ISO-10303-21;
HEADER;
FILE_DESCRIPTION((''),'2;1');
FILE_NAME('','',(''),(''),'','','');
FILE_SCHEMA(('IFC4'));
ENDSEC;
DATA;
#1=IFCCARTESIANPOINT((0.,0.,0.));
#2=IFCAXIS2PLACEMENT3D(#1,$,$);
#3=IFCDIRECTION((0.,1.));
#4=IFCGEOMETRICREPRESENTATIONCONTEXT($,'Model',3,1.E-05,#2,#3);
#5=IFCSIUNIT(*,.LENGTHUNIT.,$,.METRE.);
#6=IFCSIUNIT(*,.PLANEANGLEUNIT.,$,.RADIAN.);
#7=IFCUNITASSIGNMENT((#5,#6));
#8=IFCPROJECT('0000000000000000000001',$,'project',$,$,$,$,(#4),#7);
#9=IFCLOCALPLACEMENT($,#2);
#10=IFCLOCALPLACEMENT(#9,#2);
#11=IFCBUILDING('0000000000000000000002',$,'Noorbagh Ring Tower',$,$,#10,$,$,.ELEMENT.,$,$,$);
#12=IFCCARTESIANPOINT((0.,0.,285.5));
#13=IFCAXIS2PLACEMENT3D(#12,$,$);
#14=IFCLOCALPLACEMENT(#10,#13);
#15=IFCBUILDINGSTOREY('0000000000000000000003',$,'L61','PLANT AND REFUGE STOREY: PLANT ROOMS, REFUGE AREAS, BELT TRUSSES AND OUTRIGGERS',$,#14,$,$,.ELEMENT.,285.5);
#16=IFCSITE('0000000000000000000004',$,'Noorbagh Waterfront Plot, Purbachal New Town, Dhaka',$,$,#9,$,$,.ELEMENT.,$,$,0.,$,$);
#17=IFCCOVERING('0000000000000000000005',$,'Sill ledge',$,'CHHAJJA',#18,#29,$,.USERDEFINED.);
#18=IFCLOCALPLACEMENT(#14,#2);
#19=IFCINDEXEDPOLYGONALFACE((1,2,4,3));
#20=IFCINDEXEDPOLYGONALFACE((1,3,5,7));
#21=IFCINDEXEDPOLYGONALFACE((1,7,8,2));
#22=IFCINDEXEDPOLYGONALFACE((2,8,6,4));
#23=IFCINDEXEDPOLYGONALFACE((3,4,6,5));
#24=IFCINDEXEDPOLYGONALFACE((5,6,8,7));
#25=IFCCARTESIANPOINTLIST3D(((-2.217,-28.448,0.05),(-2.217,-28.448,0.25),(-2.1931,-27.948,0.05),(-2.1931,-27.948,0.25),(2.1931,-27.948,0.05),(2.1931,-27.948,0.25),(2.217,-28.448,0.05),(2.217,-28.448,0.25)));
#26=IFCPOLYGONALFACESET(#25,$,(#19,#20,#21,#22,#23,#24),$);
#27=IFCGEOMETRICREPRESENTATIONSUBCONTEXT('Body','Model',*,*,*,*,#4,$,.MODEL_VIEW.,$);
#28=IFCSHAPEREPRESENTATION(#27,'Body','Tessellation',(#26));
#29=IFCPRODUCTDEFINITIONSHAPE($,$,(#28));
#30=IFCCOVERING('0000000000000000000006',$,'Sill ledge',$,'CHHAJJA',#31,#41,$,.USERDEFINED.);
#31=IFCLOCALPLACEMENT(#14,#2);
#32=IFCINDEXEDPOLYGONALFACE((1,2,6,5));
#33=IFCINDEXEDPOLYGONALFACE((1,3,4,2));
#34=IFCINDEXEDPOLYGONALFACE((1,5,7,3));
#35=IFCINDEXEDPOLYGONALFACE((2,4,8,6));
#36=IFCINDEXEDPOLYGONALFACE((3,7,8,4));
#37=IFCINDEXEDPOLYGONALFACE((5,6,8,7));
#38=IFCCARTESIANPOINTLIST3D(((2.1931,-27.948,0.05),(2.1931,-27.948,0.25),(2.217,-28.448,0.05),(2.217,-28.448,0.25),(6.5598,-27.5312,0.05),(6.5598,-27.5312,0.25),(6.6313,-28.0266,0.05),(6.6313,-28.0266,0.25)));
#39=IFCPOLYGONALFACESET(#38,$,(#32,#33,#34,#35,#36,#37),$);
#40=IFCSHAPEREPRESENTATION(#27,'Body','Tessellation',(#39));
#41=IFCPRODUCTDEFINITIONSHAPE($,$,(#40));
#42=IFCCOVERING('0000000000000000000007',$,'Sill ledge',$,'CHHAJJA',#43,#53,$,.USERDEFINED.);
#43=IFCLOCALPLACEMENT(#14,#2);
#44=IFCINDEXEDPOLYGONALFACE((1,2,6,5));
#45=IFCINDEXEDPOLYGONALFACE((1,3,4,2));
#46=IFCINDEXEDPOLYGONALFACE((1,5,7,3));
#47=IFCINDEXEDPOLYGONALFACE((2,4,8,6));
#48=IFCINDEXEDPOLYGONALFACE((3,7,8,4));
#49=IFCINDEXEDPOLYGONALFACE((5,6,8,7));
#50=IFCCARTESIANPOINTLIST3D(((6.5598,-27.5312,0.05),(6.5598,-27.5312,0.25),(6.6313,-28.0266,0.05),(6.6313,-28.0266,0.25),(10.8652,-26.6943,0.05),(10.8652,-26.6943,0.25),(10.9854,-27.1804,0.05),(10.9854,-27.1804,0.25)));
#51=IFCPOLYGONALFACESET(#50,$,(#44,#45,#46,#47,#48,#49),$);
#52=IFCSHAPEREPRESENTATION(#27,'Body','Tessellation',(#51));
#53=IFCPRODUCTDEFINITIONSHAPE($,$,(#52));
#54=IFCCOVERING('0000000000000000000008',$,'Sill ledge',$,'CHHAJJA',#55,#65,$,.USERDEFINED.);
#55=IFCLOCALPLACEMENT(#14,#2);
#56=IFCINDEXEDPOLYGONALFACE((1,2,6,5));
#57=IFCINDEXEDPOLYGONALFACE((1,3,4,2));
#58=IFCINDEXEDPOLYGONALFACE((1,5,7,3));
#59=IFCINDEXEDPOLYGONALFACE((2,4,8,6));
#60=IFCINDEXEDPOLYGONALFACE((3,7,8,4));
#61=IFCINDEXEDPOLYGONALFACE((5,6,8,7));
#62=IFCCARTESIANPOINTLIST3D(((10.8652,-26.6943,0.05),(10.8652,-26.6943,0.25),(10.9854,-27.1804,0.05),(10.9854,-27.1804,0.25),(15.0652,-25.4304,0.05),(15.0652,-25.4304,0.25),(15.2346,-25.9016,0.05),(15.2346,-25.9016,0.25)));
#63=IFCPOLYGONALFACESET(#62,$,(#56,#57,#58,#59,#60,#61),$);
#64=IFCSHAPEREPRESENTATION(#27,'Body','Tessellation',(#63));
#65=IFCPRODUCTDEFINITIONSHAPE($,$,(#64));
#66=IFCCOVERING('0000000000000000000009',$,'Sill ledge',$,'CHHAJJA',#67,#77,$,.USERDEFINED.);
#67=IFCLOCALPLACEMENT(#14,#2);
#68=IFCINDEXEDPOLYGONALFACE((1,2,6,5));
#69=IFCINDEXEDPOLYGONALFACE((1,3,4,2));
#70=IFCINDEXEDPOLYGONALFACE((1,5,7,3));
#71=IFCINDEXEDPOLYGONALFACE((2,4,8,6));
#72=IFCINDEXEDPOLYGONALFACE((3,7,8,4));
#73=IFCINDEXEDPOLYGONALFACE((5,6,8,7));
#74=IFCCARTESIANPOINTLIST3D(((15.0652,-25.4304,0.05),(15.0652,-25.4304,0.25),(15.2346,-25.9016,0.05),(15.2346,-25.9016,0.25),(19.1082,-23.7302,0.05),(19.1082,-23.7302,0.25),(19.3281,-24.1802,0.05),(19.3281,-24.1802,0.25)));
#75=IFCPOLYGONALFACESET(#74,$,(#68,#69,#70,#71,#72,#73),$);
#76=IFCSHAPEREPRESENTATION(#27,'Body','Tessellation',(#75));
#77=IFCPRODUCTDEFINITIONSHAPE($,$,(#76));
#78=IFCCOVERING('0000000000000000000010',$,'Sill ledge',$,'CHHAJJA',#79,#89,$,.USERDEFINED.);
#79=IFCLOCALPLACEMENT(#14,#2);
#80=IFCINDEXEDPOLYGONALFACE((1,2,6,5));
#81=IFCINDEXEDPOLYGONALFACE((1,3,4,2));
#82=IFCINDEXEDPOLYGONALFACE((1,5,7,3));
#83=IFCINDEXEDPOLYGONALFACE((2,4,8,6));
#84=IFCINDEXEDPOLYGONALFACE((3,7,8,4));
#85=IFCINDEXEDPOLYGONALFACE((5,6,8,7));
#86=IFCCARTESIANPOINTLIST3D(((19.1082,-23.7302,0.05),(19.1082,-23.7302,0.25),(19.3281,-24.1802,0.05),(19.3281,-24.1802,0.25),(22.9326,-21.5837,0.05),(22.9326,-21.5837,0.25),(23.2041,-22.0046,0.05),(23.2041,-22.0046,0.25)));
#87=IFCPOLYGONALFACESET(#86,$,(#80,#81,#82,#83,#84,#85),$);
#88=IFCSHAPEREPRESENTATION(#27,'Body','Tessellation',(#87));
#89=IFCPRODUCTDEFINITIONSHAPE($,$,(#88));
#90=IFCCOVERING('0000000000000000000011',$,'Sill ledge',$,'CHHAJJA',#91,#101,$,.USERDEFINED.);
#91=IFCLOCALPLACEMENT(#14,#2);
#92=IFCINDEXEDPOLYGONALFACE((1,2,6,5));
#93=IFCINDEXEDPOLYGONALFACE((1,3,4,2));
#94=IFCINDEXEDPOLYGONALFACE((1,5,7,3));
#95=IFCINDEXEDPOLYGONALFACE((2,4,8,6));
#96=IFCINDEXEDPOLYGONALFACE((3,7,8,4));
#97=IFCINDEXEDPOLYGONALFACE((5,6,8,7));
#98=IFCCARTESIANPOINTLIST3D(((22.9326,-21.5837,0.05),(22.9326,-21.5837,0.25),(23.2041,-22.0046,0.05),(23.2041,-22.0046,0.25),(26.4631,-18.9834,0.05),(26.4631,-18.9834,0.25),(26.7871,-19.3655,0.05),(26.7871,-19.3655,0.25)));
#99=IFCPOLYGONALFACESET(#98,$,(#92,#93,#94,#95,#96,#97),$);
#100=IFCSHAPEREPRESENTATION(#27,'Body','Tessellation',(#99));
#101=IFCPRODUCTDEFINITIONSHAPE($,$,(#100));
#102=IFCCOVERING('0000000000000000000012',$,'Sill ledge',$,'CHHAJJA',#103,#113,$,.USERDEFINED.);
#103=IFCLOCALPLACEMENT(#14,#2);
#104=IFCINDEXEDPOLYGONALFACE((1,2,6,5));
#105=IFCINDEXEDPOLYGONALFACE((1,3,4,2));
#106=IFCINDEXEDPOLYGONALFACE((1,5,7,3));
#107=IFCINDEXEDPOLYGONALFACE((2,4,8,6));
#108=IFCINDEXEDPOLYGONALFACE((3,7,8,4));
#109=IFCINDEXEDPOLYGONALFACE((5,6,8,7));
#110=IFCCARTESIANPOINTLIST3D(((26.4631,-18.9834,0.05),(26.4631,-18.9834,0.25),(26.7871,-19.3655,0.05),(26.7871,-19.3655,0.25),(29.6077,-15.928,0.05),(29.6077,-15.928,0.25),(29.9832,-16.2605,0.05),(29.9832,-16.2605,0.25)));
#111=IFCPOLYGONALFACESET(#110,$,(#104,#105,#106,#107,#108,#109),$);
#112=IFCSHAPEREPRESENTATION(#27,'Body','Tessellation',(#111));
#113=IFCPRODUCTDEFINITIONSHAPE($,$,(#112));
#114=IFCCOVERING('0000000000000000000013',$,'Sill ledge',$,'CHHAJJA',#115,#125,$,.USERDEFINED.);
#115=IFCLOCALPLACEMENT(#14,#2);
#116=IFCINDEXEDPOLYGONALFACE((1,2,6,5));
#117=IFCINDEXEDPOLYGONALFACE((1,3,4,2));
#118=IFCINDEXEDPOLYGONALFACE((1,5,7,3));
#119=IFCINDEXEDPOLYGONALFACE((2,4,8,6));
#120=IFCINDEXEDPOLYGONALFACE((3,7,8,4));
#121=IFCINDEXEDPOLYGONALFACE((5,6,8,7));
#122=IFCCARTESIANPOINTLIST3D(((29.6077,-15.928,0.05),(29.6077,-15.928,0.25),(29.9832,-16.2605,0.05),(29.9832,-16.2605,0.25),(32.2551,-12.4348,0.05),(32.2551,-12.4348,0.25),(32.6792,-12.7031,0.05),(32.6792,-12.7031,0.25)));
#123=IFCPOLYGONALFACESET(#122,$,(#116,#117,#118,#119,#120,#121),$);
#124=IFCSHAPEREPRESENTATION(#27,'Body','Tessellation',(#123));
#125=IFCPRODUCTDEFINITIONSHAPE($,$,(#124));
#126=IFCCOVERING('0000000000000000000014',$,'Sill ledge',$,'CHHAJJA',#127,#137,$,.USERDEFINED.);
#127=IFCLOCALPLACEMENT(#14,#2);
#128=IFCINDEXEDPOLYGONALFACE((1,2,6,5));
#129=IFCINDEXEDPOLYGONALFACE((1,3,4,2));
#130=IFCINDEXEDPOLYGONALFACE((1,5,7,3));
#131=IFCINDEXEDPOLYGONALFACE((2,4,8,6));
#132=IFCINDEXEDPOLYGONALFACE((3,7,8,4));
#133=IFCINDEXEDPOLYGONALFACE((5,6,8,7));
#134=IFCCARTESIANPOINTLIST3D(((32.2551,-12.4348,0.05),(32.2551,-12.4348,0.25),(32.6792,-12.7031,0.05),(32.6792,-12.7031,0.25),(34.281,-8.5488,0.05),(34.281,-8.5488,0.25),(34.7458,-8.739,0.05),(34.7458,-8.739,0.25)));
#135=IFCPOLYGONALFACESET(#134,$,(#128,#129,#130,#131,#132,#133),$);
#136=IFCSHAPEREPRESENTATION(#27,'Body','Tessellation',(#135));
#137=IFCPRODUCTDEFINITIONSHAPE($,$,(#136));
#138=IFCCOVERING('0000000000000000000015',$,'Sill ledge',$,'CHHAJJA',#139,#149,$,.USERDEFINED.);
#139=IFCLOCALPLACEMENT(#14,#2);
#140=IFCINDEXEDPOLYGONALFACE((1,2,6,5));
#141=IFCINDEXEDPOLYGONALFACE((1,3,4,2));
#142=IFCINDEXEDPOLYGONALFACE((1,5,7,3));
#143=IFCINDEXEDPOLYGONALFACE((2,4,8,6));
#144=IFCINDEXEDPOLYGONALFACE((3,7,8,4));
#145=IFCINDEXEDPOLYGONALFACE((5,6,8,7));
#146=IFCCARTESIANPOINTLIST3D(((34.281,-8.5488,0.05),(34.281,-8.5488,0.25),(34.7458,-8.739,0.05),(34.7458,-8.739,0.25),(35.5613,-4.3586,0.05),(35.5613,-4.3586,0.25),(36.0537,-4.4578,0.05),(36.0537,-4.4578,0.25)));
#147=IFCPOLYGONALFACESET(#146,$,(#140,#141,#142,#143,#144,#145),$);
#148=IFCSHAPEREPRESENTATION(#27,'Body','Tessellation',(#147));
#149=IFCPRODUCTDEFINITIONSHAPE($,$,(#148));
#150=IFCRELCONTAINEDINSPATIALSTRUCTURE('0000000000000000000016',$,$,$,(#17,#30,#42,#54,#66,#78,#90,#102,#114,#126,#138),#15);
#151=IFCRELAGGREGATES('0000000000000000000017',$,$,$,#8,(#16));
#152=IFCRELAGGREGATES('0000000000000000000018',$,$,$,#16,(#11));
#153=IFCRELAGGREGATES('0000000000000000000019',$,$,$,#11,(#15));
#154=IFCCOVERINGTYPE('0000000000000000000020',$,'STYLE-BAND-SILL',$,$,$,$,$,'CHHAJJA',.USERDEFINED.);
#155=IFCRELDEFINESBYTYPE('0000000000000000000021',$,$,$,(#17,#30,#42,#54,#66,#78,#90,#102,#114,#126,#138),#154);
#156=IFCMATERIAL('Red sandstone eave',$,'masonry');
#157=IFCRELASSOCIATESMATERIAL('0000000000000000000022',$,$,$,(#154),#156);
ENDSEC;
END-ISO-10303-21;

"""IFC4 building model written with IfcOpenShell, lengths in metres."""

from ifc_helpers import new_model, si_unit, direction, frame, origin, place, context, subcontext, project, spatial, polyline, outline, extrude, material, type_object, element, save


model = new_model("IFC4")

# Units and contexts
model_context = context("Model", 3, precision=1e-05, world=origin(), true_north=direction((0.0, 1.0)))
body_context = subcontext(model_context, "Body", "Model", "MODEL_VIEW")
ifc_project = project(units=[si_unit("LENGTHUNIT", "METRE"), si_unit("PLANEANGLEUNIT", "RADIAN")], contexts=[model_context])

# Site, building, storey
site_placement = place(None, origin())
site = spatial("IfcSite", under=ifc_project, at=site_placement, Name="Noorbagh Waterfront Plot, Purbachal New Town, Dhaka", CompositionType="ELEMENT", RefElevation=0.0)
building_placement = place(site_placement, origin())
building = spatial("IfcBuilding", under=site, at=building_placement, Name="Noorbagh Ring Tower", CompositionType="ELEMENT")
storey_placement = place(building_placement, frame((0.0, 0.0, 285.5)))
storey = spatial("IfcBuildingStorey", under=building, at=storey_placement, Name="L61", Description="PLANT AND REFUGE STOREY: PLANT ROOMS, REFUGE AREAS, BELT TRUSSES AND OUTRIGGERS", CompositionType="ELEMENT", Elevation=285.5)

# Coverings
ifc_material_1 = material(Name="Red sandstone eave", Category="masonry")
covering_type_1 = type_object("IfcCoveringType", Name="STYLE-BAND-SILL", ElementType="CHHAJJA", PredefinedType="USERDEFINED", material=ifc_material_1)
covering_1_placement = place(storey_placement, frame((0.0, 0.0, 0.05)))
element("IfcCovering", 1, at=covering_1_placement, inside=storey, type_object=covering_type_1, Name="Sill ledge", ObjectType="CHHAJJA", PredefinedType="USERDEFINED", context=body_context, shape_type="SweptSolid", body=[
    extrude(outline(polyline([(-2.1931, -27.948), (2.1931, -27.948), (2.217, -28.448), (-2.217, -28.448), (-2.1931, -27.948)])), origin(), (0.0, 0.0, 1.0), 0.2),
])
covering_2_placement = place(storey_placement, frame((0.0, 0.0, 0.05)))
element("IfcCovering", 2, at=covering_2_placement, inside=storey, type_object=covering_type_1, Name="Sill ledge", ObjectType="CHHAJJA", PredefinedType="USERDEFINED", context=body_context, shape_type="SweptSolid", body=[
    extrude(outline(polyline([(2.1931, -27.948), (6.5598, -27.5312), (6.6313, -28.0266), (2.217, -28.448), (2.1931, -27.948)])), origin(), (0.0, 0.0, 1.0), 0.2),
])
covering_3_placement = place(storey_placement, frame((0.0, 0.0, 0.05)))
element("IfcCovering", 3, at=covering_3_placement, inside=storey, type_object=covering_type_1, Name="Sill ledge", ObjectType="CHHAJJA", PredefinedType="USERDEFINED", context=body_context, shape_type="SweptSolid", body=[
    extrude(outline(polyline([(6.5598, -27.5312), (10.8652, -26.6943), (10.9854, -27.1804), (6.6313, -28.0266), (6.5598, -27.5312)])), origin(), (0.0, 0.0, 1.0), 0.2),
])
covering_4_placement = place(storey_placement, frame((0.0, 0.0, 0.05)))
element("IfcCovering", 4, at=covering_4_placement, inside=storey, type_object=covering_type_1, Name="Sill ledge", ObjectType="CHHAJJA", PredefinedType="USERDEFINED", context=body_context, shape_type="SweptSolid", body=[
    extrude(outline(polyline([(10.8652, -26.6943), (15.0652, -25.4304), (15.2346, -25.9016), (10.9854, -27.1804), (10.8652, -26.6943)])), origin(), (0.0, 0.0, 1.0), 0.2),
])
covering_5_placement = place(storey_placement, frame((0.0, 0.0, 0.05)))
element("IfcCovering", 5, at=covering_5_placement, inside=storey, type_object=covering_type_1, Name="Sill ledge", ObjectType="CHHAJJA", PredefinedType="USERDEFINED", context=body_context, shape_type="SweptSolid", body=[
    extrude(outline(polyline([(15.0652, -25.4304), (19.1082, -23.7302), (19.3281, -24.1802), (15.2346, -25.9016), (15.0652, -25.4304)])), origin(), (0.0, 0.0, 1.0), 0.2),
])
covering_6_placement = place(storey_placement, frame((0.0, 0.0, 0.05)))
element("IfcCovering", 6, at=covering_6_placement, inside=storey, type_object=covering_type_1, Name="Sill ledge", ObjectType="CHHAJJA", PredefinedType="USERDEFINED", context=body_context, shape_type="SweptSolid", body=[
    extrude(outline(polyline([(19.1082, -23.7302), (22.9326, -21.5837), (23.2041, -22.0046), (19.3281, -24.1802), (19.1082, -23.7302)])), origin(), (0.0, 0.0, 1.0), 0.2),
])
covering_7_placement = place(storey_placement, frame((0.0, 0.0, 0.05)))
element("IfcCovering", 7, at=covering_7_placement, inside=storey, type_object=covering_type_1, Name="Sill ledge", ObjectType="CHHAJJA", PredefinedType="USERDEFINED", context=body_context, shape_type="SweptSolid", body=[
    extrude(outline(polyline([(22.9326, -21.5837), (26.4631, -18.9834), (26.7871, -19.3655), (23.2041, -22.0046), (22.9326, -21.5837)])), origin(), (0.0, 0.0, 1.0), 0.2),
])
covering_8_placement = place(storey_placement, frame((0.0, 0.0, 0.05)))
element("IfcCovering", 8, at=covering_8_placement, inside=storey, type_object=covering_type_1, Name="Sill ledge", ObjectType="CHHAJJA", PredefinedType="USERDEFINED", context=body_context, shape_type="SweptSolid", body=[
    extrude(outline(polyline([(26.4631, -18.9834), (29.6077, -15.928), (29.9832, -16.2605), (26.7871, -19.3655), (26.4631, -18.9834)])), origin(), (0.0, 0.0, 1.0), 0.2),
])
covering_9_placement = place(storey_placement, frame((0.0, 0.0, 0.05)))
element("IfcCovering", 9, at=covering_9_placement, inside=storey, type_object=covering_type_1, Name="Sill ledge", ObjectType="CHHAJJA", PredefinedType="USERDEFINED", context=body_context, shape_type="SweptSolid", body=[
    extrude(outline(polyline([(29.6077, -15.928), (32.2551, -12.4348), (32.6792, -12.7031), (29.9832, -16.2605), (29.6077, -15.928)])), origin(), (0.0, 0.0, 1.0), 0.2),
])
covering_10_placement = place(storey_placement, frame((0.0, 0.0, 0.05)))
element("IfcCovering", 10, at=covering_10_placement, inside=storey, type_object=covering_type_1, Name="Sill ledge", ObjectType="CHHAJJA", PredefinedType="USERDEFINED", context=body_context, shape_type="SweptSolid", body=[
    extrude(outline(polyline([(32.2551, -12.4348), (34.281, -8.5488), (34.7458, -8.739), (32.6792, -12.7031), (32.2551, -12.4348)])), origin(), (0.0, 0.0, 1.0), 0.2),
])
covering_11_placement = place(storey_placement, frame((0.0, 0.0, 0.05)))
element("IfcCovering", 11, at=covering_11_placement, inside=storey, type_object=covering_type_1, Name="Sill ledge", ObjectType="CHHAJJA", PredefinedType="USERDEFINED", context=body_context, shape_type="SweptSolid", body=[
    extrude(outline(polyline([(34.281, -8.5488), (35.5613, -4.3586), (36.0537, -4.4578), (34.7458, -8.739), (34.281, -8.5488)])), origin(), (0.0, 0.0, 1.0), 0.2),
])

save(model, "model.ifc")
